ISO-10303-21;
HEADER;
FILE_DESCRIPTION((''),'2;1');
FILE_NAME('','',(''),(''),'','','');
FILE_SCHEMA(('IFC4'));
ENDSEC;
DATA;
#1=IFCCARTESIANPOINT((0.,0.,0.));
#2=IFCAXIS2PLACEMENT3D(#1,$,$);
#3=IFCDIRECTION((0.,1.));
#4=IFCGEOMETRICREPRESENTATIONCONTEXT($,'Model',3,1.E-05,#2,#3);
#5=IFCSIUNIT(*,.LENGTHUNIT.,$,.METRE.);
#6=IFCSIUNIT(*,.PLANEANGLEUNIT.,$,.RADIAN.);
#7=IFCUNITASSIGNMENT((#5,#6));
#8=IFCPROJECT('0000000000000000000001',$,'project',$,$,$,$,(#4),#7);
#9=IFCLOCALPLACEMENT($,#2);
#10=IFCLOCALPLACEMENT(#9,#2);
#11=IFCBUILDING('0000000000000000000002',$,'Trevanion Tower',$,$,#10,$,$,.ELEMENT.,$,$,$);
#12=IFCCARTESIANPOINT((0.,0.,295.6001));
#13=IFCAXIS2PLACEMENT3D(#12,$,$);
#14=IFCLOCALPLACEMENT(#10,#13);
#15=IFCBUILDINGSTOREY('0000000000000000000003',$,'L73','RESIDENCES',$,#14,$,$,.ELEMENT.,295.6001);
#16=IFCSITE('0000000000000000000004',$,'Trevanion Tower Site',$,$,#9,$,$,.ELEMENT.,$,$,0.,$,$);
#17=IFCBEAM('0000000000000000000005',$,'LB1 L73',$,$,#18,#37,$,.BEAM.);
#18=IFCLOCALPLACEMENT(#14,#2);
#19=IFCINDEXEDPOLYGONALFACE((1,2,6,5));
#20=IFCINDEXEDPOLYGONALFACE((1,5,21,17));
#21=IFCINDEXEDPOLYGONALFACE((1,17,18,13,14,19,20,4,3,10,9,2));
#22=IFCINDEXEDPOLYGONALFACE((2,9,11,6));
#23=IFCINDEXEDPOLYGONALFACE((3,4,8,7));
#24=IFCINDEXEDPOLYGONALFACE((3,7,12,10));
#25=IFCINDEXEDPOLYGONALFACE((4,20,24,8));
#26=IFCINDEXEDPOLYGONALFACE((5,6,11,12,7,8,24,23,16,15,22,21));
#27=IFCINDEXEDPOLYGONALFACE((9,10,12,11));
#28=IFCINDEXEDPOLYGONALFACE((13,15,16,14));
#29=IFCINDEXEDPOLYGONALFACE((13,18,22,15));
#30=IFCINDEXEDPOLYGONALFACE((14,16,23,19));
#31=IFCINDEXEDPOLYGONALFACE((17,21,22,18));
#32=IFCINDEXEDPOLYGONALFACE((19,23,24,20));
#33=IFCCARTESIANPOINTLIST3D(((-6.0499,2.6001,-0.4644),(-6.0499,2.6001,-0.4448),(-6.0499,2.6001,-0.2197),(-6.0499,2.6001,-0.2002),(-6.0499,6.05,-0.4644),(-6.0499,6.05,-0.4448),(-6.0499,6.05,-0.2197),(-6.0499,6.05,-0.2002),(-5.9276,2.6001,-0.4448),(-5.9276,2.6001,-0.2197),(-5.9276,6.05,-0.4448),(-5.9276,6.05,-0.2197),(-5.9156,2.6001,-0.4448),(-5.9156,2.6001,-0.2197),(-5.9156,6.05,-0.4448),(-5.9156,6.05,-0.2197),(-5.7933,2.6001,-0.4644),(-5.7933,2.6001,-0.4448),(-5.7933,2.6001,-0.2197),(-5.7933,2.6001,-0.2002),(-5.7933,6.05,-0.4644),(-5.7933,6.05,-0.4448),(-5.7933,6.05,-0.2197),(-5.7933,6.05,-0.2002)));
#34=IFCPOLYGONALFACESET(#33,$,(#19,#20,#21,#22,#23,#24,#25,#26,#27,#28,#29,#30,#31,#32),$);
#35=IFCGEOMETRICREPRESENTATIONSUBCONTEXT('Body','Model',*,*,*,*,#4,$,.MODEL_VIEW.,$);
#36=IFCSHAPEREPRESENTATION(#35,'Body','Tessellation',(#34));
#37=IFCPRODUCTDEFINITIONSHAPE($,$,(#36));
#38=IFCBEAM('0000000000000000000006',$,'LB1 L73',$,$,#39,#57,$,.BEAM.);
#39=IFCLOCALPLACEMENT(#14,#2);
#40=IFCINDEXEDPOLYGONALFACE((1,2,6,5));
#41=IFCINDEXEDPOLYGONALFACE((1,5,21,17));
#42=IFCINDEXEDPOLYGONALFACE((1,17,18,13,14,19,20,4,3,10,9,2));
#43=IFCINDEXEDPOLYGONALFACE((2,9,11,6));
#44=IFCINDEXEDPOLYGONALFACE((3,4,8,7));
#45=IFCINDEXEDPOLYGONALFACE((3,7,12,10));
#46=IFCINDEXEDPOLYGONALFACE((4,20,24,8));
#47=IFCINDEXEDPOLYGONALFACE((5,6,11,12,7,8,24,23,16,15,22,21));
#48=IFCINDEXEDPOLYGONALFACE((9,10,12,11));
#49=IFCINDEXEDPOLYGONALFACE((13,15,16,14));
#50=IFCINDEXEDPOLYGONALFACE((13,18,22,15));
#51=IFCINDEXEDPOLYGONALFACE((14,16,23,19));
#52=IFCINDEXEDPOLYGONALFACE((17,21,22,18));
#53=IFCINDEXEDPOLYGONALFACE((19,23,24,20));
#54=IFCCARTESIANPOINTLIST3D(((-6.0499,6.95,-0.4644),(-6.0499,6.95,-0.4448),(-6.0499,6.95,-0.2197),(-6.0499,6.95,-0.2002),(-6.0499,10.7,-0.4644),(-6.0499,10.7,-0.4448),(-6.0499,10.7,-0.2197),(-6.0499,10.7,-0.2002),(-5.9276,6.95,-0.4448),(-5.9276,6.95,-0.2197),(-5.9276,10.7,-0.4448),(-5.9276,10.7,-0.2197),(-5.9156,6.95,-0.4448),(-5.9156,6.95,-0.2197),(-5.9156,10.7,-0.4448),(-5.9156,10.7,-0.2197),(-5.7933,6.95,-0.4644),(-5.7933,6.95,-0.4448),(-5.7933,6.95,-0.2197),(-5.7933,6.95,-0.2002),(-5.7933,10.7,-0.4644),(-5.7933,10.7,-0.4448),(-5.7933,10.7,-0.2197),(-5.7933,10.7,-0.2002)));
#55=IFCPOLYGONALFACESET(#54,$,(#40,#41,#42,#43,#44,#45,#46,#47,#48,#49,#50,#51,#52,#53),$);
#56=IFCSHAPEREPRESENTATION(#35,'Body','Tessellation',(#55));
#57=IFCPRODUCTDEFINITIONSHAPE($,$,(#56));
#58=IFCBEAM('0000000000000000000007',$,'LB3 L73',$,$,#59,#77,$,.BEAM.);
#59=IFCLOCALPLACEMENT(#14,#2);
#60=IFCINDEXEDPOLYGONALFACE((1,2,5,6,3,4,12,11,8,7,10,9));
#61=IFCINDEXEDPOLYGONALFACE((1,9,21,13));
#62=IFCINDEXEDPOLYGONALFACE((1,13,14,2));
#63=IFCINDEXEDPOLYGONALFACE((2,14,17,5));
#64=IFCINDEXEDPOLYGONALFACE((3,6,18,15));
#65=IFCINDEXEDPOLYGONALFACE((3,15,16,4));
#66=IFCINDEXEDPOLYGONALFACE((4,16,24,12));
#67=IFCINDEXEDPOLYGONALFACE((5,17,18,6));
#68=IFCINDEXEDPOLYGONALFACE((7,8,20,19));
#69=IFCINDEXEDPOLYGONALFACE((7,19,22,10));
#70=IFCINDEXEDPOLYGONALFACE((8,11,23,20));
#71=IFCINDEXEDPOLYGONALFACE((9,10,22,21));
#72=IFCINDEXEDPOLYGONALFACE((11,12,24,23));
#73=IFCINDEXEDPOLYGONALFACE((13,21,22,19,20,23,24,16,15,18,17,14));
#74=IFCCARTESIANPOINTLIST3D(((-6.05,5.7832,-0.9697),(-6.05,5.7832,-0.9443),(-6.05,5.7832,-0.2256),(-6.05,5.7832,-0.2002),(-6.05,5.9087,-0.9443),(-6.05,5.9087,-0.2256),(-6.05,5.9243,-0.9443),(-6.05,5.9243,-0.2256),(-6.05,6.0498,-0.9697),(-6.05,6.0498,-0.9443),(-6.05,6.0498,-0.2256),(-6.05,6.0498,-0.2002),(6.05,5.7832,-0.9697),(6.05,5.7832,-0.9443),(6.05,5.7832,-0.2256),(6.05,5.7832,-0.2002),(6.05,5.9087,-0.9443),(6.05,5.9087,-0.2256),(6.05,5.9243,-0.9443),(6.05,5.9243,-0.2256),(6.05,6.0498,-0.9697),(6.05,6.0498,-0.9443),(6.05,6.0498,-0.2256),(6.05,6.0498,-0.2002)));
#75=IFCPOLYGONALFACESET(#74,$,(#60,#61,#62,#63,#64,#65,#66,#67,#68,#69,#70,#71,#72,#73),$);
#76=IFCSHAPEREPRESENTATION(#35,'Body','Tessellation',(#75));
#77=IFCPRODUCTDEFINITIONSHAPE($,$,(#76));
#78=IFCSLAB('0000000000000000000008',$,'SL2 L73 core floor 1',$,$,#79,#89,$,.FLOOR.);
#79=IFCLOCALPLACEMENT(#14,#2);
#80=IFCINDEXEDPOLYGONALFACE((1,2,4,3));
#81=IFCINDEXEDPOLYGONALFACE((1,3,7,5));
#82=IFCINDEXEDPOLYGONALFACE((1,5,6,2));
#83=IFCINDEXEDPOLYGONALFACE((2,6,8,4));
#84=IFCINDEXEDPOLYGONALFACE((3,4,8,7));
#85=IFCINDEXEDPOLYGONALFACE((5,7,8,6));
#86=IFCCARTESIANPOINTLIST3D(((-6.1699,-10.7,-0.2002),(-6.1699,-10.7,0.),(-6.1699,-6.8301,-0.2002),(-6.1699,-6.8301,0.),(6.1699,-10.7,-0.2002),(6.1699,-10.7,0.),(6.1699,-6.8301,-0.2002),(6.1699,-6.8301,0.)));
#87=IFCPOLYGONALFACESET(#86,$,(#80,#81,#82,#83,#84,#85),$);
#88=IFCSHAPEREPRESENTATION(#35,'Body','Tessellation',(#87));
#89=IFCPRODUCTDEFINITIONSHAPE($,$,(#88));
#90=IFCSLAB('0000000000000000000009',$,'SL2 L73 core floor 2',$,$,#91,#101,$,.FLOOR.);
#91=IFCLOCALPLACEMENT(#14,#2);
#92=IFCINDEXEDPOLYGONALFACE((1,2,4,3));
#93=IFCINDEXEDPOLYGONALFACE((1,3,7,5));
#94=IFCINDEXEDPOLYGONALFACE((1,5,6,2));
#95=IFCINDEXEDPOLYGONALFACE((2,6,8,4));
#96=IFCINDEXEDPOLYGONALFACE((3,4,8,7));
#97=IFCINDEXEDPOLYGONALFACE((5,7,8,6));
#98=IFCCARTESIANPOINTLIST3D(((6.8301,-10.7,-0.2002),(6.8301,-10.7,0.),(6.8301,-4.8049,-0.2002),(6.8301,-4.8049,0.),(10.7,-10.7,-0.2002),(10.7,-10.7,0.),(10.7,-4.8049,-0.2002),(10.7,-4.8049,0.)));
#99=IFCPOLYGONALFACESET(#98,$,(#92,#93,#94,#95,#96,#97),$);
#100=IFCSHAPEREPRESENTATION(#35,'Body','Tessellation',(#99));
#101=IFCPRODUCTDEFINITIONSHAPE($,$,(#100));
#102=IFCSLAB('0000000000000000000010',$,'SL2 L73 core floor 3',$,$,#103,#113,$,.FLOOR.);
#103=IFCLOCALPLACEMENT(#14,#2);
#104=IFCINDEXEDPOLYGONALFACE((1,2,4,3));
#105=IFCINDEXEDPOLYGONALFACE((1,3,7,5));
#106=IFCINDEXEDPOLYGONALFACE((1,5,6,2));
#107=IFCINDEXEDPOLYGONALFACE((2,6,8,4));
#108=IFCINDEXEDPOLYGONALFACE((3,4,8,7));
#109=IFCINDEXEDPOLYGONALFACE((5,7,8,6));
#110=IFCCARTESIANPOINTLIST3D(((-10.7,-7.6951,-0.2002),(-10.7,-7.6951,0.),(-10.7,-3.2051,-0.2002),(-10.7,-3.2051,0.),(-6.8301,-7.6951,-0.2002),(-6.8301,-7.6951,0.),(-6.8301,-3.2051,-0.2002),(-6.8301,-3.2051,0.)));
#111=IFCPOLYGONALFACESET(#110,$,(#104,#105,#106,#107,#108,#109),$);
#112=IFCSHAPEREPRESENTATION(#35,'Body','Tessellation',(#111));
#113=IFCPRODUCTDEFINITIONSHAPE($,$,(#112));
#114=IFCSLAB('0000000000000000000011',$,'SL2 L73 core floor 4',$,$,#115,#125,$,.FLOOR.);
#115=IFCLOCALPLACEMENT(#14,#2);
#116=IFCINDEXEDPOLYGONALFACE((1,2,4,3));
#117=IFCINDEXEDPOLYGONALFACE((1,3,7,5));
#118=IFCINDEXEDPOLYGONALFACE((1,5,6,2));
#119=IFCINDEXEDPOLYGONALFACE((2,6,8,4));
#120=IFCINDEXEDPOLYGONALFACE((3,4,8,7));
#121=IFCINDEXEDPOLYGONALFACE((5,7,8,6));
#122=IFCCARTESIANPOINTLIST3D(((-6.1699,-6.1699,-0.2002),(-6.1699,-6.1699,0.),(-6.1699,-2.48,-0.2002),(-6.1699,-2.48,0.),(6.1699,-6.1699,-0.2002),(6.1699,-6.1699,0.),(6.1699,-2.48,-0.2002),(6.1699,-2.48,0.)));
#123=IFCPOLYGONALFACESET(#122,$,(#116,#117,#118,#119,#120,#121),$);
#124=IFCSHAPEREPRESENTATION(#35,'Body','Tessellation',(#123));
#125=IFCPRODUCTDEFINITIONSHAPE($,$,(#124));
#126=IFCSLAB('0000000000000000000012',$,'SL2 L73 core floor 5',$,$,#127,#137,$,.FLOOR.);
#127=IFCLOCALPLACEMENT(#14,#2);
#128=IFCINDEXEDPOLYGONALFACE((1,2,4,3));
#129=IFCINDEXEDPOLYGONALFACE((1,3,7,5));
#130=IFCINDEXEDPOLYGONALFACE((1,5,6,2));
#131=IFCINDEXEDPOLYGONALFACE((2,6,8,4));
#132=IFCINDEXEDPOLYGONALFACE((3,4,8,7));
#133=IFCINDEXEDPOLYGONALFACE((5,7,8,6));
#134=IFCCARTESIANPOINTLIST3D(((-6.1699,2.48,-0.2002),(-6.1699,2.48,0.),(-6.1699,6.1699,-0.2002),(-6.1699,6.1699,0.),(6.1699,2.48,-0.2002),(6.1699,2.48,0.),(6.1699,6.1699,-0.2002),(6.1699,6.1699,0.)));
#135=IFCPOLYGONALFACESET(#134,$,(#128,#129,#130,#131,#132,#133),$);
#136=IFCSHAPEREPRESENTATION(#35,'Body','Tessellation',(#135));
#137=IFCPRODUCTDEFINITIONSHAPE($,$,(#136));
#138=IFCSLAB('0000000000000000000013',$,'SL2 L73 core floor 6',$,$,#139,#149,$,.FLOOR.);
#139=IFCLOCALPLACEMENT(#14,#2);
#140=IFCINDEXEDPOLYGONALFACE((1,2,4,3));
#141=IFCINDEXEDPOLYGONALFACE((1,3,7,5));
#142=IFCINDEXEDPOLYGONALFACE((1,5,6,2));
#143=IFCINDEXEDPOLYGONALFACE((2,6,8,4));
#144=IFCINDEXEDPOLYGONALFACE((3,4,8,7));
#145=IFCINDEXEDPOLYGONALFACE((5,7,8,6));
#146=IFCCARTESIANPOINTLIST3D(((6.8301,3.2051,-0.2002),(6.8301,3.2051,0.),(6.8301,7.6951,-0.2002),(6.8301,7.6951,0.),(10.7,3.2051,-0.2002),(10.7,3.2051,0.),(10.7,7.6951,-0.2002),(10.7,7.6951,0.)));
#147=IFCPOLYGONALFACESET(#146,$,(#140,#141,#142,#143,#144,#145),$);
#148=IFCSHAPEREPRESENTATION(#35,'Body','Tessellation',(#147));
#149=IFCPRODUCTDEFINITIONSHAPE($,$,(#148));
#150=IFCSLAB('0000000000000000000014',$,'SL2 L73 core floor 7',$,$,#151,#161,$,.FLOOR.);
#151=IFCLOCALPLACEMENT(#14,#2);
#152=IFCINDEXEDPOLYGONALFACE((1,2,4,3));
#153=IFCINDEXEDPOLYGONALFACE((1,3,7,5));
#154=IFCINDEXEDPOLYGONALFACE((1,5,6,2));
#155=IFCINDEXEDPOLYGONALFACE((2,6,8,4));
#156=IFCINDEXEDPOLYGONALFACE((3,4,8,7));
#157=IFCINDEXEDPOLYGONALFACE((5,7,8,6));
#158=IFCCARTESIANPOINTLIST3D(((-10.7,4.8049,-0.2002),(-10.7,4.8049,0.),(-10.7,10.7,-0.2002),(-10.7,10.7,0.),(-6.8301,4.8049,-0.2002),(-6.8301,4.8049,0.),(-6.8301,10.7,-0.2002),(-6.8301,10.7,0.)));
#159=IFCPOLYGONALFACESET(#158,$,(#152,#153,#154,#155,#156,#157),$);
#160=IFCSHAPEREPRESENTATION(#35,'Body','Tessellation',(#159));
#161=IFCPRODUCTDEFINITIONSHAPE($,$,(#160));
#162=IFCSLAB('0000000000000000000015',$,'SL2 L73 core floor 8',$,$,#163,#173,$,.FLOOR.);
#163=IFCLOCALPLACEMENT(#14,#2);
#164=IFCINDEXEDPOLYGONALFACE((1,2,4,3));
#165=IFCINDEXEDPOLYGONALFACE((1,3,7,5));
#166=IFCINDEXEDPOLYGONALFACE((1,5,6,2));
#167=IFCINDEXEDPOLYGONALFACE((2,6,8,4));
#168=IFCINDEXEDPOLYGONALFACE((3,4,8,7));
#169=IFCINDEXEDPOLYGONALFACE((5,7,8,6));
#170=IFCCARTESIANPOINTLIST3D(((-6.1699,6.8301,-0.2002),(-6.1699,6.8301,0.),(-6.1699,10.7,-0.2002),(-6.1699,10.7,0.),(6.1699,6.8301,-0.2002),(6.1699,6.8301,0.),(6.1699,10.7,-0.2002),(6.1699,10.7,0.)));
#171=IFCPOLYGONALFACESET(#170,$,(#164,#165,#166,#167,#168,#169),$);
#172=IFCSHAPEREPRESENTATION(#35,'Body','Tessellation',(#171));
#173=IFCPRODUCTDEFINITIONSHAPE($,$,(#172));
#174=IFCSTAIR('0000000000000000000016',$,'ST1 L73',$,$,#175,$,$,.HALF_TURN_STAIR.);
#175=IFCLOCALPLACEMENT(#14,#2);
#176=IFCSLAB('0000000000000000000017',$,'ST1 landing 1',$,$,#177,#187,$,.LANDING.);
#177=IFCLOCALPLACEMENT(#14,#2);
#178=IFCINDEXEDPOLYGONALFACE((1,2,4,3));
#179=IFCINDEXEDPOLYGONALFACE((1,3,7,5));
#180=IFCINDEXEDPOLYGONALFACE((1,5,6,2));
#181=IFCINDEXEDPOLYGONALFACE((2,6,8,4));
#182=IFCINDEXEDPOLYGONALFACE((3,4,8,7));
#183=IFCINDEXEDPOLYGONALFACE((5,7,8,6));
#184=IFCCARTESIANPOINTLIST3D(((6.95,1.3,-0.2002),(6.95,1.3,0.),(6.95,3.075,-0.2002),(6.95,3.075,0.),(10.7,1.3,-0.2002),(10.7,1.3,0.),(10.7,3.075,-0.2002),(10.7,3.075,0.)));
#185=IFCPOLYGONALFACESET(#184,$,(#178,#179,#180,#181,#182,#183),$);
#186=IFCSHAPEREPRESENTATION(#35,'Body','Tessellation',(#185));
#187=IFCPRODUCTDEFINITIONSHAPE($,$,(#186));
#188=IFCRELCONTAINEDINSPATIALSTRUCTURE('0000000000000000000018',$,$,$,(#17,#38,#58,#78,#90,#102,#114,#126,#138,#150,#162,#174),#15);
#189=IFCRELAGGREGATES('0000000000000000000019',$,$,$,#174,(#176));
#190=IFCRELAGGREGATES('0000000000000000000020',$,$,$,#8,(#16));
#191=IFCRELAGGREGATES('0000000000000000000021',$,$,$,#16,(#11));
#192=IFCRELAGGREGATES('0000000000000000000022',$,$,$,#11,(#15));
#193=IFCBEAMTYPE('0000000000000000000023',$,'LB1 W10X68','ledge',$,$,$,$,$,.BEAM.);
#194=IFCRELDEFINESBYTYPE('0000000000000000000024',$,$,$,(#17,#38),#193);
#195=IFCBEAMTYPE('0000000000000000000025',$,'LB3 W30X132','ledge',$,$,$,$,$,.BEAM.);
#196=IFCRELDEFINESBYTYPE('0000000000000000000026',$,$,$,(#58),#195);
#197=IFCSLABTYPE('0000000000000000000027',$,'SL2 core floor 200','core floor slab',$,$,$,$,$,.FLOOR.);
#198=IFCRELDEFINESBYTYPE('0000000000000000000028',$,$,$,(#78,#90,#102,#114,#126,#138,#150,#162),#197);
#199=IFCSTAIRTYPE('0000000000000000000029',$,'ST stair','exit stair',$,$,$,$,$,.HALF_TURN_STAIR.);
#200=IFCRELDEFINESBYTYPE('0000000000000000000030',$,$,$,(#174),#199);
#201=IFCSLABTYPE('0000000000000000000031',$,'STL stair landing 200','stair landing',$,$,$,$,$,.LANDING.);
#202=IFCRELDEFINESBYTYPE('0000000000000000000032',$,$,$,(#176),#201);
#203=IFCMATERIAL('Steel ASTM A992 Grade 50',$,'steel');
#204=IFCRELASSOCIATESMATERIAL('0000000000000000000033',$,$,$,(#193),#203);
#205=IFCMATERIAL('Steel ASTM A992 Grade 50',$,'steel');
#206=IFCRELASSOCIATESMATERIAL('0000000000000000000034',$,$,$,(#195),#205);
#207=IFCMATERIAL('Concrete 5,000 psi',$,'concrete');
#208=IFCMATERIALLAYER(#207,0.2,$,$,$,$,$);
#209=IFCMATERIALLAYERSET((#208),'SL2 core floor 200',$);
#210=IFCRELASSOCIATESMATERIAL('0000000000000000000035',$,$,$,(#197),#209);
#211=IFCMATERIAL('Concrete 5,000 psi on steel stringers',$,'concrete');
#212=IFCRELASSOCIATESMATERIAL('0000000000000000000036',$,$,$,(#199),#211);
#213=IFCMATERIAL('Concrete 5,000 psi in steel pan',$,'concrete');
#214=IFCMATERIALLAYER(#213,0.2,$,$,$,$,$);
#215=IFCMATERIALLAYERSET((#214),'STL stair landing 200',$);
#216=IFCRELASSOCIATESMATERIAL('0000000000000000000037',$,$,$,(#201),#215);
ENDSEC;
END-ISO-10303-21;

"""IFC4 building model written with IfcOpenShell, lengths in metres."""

from ifc_helpers import new_model, si_unit, direction, frame, origin, origin_2d, place, context, subcontext, project, spatial, polyline, i_section, outline, extrude, material, layer, layer_set, material_profile, profile_set, type_object, element, aggregate, save


model = new_model("IFC4")

# Units and contexts
model_context = context("Model", 3, precision=1e-05, world=origin(), true_north=direction((0.0, 1.0)))
body_context = subcontext(model_context, "Body", "Model", "MODEL_VIEW")
ifc_project = project(units=[si_unit("LENGTHUNIT", "METRE"), si_unit("PLANEANGLEUNIT", "RADIAN")], contexts=[model_context])

# Site, building, storey
site_placement = place(None, origin())
site = spatial("IfcSite", under=ifc_project, at=site_placement, Name="Trevanion Tower Site", CompositionType="ELEMENT", RefElevation=0.0)
building_placement = place(site_placement, origin())
building = spatial("IfcBuilding", under=site, at=building_placement, Name="Trevanion Tower", CompositionType="ELEMENT")
storey_placement = place(building_placement, frame((0.0, 0.0, 295.6001)))
storey = spatial("IfcBuildingStorey", under=building, at=storey_placement, Name="L73", Description="RESIDENCES", CompositionType="ELEMENT", Elevation=295.6001)

# Beams
ifc_material_1 = material(Name="Steel ASTM A992 Grade 50", Category="steel")
ifc_material_profile_1 = material_profile(ifc_material_1, i_section(OverallWidth=0.2566, OverallDepth=0.2642, WebThickness=0.012, FlangeThickness=0.0195, at=origin_2d()), Name="W10X68")
ifc_profile_set_1 = profile_set([ifc_material_profile_1], Name="Steel ASTM A992 Grade 50")
beam_type_1 = type_object("IfcBeamType", Name="LB1 W10X68", Description="ledge", PredefinedType="BEAM", material=ifc_profile_set_1)
beam_1_placement = place(storey_placement, frame((-5.9216, 2.6001, -0.3323), z_axis=(0.0, 1.0, 0.0), x_axis=(-1.0, 0.0, 0.0)))
element("IfcBeam", 1, at=beam_1_placement, inside=storey, type_object=beam_type_1, Name="LB1 L73", PredefinedType="BEAM", context=body_context, shape_type="SweptSolid", body=[
    extrude(i_section(OverallWidth=0.2566, OverallDepth=0.2642, WebThickness=0.012, FlangeThickness=0.0195, at=origin_2d()), origin(), (0.0, 0.0, 1.0), 3.45),
])
beam_2_placement = place(storey_placement, frame((-5.9216, 6.95, -0.3323), z_axis=(0.0, 1.0, 0.0), x_axis=(-1.0, 0.0, 0.0)))
element("IfcBeam", 2, at=beam_2_placement, inside=storey, type_object=beam_type_1, Name="LB1 L73", PredefinedType="BEAM", context=body_context, shape_type="SweptSolid", body=[
    extrude(i_section(OverallWidth=0.2566, OverallDepth=0.2642, WebThickness=0.012, FlangeThickness=0.0195, at=origin_2d()), origin(), (0.0, 0.0, 1.0), 3.75),
])
ifc_material_2 = material(Name="Steel ASTM A992 Grade 50", Category="steel")
ifc_material_profile_2 = material_profile(ifc_material_2, i_section(OverallWidth=0.2666, OverallDepth=0.7695, WebThickness=0.0156, FlangeThickness=0.0254, at=origin_2d()), Name="W30X132")
ifc_profile_set_2 = profile_set([ifc_material_profile_2], Name="Steel ASTM A992 Grade 50")
beam_type_2 = type_object("IfcBeamType", Name="LB3 W30X132", Description="ledge", PredefinedType="BEAM", material=ifc_profile_set_2)
beam_3_placement = place(storey_placement, frame((-6.05, 5.9165, -0.585), z_axis=(1.0, 0.0, 0.0), x_axis=(0.0, 1.0, 0.0)))
element("IfcBeam", 3, at=beam_3_placement, inside=storey, type_object=beam_type_2, Name="LB3 L73", PredefinedType="BEAM", context=body_context, shape_type="SweptSolid", body=[
    extrude(i_section(OverallWidth=0.2666, OverallDepth=0.7695, WebThickness=0.0156, FlangeThickness=0.0254, at=origin_2d()), origin(), (0.0, 0.0, 1.0), 12.1001),
])

# Slabs
ifc_material_3 = material(Name="Concrete 5,000 psi", Category="concrete")
ifc_layer_1 = layer(ifc_material_3, 0.2)
ifc_layer_set_1 = layer_set([ifc_layer_1], Name="SL2 core floor 200")
slab_type_1 = type_object("IfcSlabType", Name="SL2 core floor 200", Description="core floor slab", PredefinedType="FLOOR", material=ifc_layer_set_1)
slab_1_placement = place(storey_placement, frame((0.0, 0.0, -0.2002)))
element("IfcSlab", 4, at=slab_1_placement, inside=storey, type_object=slab_type_1, Name="SL2 L73 core floor 1", PredefinedType="FLOOR", context=body_context, shape_type="SweptSolid", body=[
    extrude(outline(polyline([(6.1699, -10.7), (-6.1699, -10.7), (-6.1699, -6.8301), (6.1699, -6.8301), (6.1699, -10.7)])), origin(), (0.0, 0.0, 1.0), 0.2002),
])
slab_2_placement = place(storey_placement, frame((0.0, 0.0, -0.2002)))
element("IfcSlab", 5, at=slab_2_placement, inside=storey, type_object=slab_type_1, Name="SL2 L73 core floor 2", PredefinedType="FLOOR", context=body_context, shape_type="SweptSolid", body=[
    extrude(outline(polyline([(6.8301, -4.8049), (10.7, -4.8049), (10.7, -10.7), (6.8301, -10.7), (6.8301, -4.8049)])), origin(), (0.0, 0.0, 1.0), 0.2002),
])
slab_3_placement = place(storey_placement, frame((0.0, 0.0, -0.2002)))
element("IfcSlab", 6, at=slab_3_placement, inside=storey, type_object=slab_type_1, Name="SL2 L73 core floor 3", PredefinedType="FLOOR", context=body_context, shape_type="SweptSolid", body=[
    extrude(outline(polyline([(-6.8301, -3.2051), (-6.8301, -7.6951), (-10.7, -7.6951), (-10.7, -3.2051), (-6.8301, -3.2051)])), origin(), (0.0, 0.0, 1.0), 0.2002),
])
slab_4_placement = place(storey_placement, frame((0.0, 0.0, -0.2002)))
element("IfcSlab", 7, at=slab_4_placement, inside=storey, type_object=slab_type_1, Name="SL2 L73 core floor 4", PredefinedType="FLOOR", context=body_context, shape_type="SweptSolid", body=[
    extrude(outline(polyline([(6.1699, -6.1699), (-6.1699, -6.1699), (-6.1699, -2.48), (6.1699, -2.48), (6.1699, -6.1699)])), origin(), (0.0, 0.0, 1.0), 0.2002),
])
slab_5_placement = place(storey_placement, frame((0.0, 0.0, -0.2002)))
element("IfcSlab", 8, at=slab_5_placement, inside=storey, type_object=slab_type_1, Name="SL2 L73 core floor 5", PredefinedType="FLOOR", context=body_context, shape_type="SweptSolid", body=[
    extrude(outline(polyline([(6.1699, 2.48), (-6.1699, 2.48), (-6.1699, 6.1699), (6.1699, 6.1699), (6.1699, 2.48)])), origin(), (0.0, 0.0, 1.0), 0.2002),
])
slab_6_placement = place(storey_placement, frame((0.0, 0.0, -0.2002)))
element("IfcSlab", 9, at=slab_6_placement, inside=storey, type_object=slab_type_1, Name="SL2 L73 core floor 6", PredefinedType="FLOOR", context=body_context, shape_type="SweptSolid", body=[
    extrude(outline(polyline([(6.8301, 3.2051), (6.8301, 7.6951), (10.7, 7.6951), (10.7, 3.2051), (6.8301, 3.2051)])), origin(), (0.0, 0.0, 1.0), 0.2002),
])
slab_7_placement = place(storey_placement, frame((0.0, 0.0, -0.2002)))
element("IfcSlab", 10, at=slab_7_placement, inside=storey, type_object=slab_type_1, Name="SL2 L73 core floor 7", PredefinedType="FLOOR", context=body_context, shape_type="SweptSolid", body=[
    extrude(outline(polyline([(-6.8301, 4.8049), (-10.7, 4.8049), (-10.7, 10.7), (-6.8301, 10.7), (-6.8301, 4.8049)])), origin(), (0.0, 0.0, 1.0), 0.2002),
])
slab_8_placement = place(storey_placement, frame((0.0, 0.0, -0.2002)))
element("IfcSlab", 11, at=slab_8_placement, inside=storey, type_object=slab_type_1, Name="SL2 L73 core floor 8", PredefinedType="FLOOR", context=body_context, shape_type="SweptSolid", body=[
    extrude(outline(polyline([(6.1699, 6.8301), (-6.1699, 6.8301), (-6.1699, 10.7), (6.1699, 10.7), (6.1699, 6.8301)])), origin(), (0.0, 0.0, 1.0), 0.2002),
])

# Stair, slab
ifc_material_4 = material(Name="Concrete 5,000 psi on steel stringers", Category="concrete")
stair_type = type_object("IfcStairType", Name="ST stair", Description="exit stair", PredefinedType="HALF_TURN_STAIR", material=ifc_material_4)
stair_1_placement = place(storey_placement, origin())
stair_1 = element("IfcStair", 12, at=stair_1_placement, inside=storey, type_object=stair_type, Name="ST1 L73", PredefinedType="HALF_TURN_STAIR")
ifc_material_5 = material(Name="Concrete 5,000 psi in steel pan", Category="concrete")
ifc_layer_2 = layer(ifc_material_5, 0.2)
ifc_layer_set_2 = layer_set([ifc_layer_2], Name="STL stair landing 200")
slab_type_2 = type_object("IfcSlabType", Name="STL stair landing 200", Description="stair landing", PredefinedType="LANDING", material=ifc_layer_set_2)
slab_9_placement = place(storey_placement, frame((0.0, 0.0, -0.2002)))
slab_9 = element("IfcSlab", 13, at=slab_9_placement, type_object=slab_type_2, Name="ST1 landing 1", PredefinedType="LANDING", context=body_context, shape_type="SweptSolid", body=[
    extrude(outline(polyline([(6.95, 1.3), (10.7, 1.3), (10.7, 3.075), (6.95, 3.075), (6.95, 1.3)])), origin(), (0.0, 0.0, 1.0), 0.2002),
])
aggregate(stair_1, [slab_9])

save(model, "model.ifc")
